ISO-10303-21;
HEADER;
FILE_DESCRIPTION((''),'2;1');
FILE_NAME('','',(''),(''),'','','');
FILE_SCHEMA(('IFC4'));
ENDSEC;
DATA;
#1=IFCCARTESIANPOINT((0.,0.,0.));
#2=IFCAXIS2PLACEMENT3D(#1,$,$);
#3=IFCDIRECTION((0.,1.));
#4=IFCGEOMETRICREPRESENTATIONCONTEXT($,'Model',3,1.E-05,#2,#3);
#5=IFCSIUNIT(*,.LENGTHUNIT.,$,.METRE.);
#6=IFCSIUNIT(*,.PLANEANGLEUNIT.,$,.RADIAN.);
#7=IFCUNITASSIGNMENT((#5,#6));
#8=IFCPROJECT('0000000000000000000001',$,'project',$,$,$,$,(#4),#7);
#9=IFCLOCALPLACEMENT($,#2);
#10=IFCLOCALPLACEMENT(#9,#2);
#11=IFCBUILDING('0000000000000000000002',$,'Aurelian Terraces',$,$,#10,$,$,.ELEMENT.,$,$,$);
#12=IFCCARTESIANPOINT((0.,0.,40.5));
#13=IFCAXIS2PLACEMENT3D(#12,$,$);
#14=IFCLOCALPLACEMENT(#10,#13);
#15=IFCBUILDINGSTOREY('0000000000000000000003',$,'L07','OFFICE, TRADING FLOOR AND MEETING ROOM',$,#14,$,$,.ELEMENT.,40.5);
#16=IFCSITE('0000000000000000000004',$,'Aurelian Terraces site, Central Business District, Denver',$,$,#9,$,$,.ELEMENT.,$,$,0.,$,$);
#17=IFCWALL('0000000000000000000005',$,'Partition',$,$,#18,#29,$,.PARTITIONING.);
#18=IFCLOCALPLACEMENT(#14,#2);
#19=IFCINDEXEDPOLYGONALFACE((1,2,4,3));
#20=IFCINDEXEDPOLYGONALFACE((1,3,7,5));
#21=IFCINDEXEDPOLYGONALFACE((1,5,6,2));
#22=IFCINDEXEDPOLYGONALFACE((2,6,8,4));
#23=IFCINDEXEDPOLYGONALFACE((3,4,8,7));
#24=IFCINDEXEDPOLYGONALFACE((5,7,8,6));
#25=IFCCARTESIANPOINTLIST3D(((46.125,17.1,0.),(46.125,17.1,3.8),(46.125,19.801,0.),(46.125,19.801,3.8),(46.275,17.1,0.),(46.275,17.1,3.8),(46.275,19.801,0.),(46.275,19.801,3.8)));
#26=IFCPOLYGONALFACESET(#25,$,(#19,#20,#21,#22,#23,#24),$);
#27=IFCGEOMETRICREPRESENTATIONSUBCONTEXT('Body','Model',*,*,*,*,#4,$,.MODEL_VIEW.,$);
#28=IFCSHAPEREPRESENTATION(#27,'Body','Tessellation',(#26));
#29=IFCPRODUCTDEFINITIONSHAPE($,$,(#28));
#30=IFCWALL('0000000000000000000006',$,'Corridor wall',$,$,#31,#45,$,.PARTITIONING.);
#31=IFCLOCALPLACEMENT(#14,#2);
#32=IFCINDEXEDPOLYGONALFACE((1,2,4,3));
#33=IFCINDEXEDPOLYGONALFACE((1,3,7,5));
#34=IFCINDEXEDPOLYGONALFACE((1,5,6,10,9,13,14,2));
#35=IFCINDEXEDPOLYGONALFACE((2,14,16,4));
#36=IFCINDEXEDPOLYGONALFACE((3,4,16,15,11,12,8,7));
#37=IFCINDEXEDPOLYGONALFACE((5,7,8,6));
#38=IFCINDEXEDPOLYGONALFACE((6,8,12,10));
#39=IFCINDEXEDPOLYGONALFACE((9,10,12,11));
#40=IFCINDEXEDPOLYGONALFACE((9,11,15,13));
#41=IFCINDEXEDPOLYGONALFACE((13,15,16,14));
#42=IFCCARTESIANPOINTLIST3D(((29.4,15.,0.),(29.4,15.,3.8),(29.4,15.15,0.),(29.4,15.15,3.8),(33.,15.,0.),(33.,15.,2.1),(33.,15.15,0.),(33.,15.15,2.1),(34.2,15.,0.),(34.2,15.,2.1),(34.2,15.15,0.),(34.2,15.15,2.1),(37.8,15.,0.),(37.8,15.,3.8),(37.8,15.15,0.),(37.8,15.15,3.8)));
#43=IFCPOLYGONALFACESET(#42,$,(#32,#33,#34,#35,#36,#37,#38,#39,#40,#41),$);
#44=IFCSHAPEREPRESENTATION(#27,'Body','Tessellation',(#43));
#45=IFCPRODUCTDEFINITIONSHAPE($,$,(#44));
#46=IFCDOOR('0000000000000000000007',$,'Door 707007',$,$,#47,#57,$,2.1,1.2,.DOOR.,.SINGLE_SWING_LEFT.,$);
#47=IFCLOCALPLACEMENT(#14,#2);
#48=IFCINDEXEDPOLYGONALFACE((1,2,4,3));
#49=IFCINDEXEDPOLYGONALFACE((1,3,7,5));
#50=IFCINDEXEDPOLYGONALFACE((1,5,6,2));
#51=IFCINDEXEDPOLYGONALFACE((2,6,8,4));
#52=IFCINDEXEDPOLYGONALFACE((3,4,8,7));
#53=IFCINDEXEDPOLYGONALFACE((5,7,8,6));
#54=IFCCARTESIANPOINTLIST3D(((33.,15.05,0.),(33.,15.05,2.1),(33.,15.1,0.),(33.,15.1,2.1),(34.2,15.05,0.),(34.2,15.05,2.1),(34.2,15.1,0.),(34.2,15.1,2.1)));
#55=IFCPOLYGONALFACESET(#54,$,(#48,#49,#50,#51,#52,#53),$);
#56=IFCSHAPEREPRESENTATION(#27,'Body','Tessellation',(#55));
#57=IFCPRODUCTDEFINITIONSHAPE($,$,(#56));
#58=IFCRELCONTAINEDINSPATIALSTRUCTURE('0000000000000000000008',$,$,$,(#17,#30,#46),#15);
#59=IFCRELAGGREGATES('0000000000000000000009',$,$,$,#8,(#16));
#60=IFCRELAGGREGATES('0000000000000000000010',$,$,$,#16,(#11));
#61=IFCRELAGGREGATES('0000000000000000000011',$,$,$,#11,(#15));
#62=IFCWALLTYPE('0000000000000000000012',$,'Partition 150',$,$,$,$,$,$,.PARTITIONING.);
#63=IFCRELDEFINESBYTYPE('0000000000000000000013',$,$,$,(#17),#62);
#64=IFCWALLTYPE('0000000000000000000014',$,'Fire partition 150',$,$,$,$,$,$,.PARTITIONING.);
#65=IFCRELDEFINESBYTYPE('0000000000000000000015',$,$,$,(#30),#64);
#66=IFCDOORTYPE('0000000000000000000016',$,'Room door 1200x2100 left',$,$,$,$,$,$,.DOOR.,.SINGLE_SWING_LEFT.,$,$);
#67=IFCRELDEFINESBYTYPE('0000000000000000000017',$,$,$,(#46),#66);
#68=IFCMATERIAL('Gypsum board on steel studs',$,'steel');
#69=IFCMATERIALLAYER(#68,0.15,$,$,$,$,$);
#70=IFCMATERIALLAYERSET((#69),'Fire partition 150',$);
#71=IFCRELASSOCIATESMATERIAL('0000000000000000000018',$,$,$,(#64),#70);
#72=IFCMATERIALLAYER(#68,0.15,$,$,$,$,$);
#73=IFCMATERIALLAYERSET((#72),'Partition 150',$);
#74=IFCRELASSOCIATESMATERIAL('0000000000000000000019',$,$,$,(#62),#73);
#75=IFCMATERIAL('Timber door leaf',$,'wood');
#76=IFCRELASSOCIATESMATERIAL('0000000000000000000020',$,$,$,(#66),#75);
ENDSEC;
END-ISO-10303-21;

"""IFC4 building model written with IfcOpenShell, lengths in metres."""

from ifc_helpers import new_model, si_unit, direction, frame, frame_2d, origin, place, context, subcontext, project, spatial, rectangle, extrude, source, transform, mapped, material, layer, layer_set, type_object, element, fill, save


model = new_model("IFC4")

# Units and contexts
model_context = context("Model", 3, precision=1e-05, world=origin(), true_north=direction((0.0, 1.0)))
body_context = subcontext(model_context, "Body", "Model", "MODEL_VIEW")
ifc_project = project(units=[si_unit("LENGTHUNIT", "METRE"), si_unit("PLANEANGLEUNIT", "RADIAN")], contexts=[model_context])

# Site, building, storey
site_placement = place(None, origin())
site = spatial("IfcSite", under=ifc_project, at=site_placement, Name="Aurelian Terraces site, Central Business District, Denver", CompositionType="ELEMENT", RefElevation=0.0)
building_placement = place(site_placement, origin())
building = spatial("IfcBuilding", under=site, at=building_placement, Name="Aurelian Terraces", CompositionType="ELEMENT")
storey_placement = place(building_placement, frame((0.0, 0.0, 40.5)))
storey = spatial("IfcBuildingStorey", under=building, at=storey_placement, Name="L07", Description="OFFICE, TRADING FLOOR AND MEETING ROOM", CompositionType="ELEMENT", Elevation=40.5)

# Shared definitions
ifc_material_1 = material(Name="Gypsum board on steel studs", Category="steel")
ifc_layer_1 = layer(ifc_material_1, 0.15)
ifc_layer_set_1 = layer_set([ifc_layer_1], Name="Fire partition 150")
wall_type_1 = type_object("IfcWallType", Name="Fire partition 150", PredefinedType="PARTITIONING", material=ifc_layer_set_1)
ifc_material_2 = material(Name="Timber door leaf", Category="wood")

# Wall
ifc_layer_2 = layer(ifc_material_1, 0.15)
ifc_layer_set_2 = layer_set([ifc_layer_2], Name="Partition 150")
wall_type_2 = type_object("IfcWallType", Name="Partition 150", PredefinedType="PARTITIONING", material=ifc_layer_set_2)
shared_shape_1 = source(origin(), body_context, "Body", "SweptSolid", [
    extrude(rectangle(XDim=2.701, YDim=0.15, at=frame_2d((1.3505, 0.0))), origin(), (0.0, 0.0, 1.0), 3.8),
])
for number, where, z_axis, x_axis, name in (
    (1, (46.2, 17.1, 0.0), (0.0, 0.0, 1.0), (0.0, 1.0, 0.0), "Partition"),
):
    element("IfcWall", number, at=place(storey_placement, frame(where, z_axis=z_axis, x_axis=x_axis)), inside=storey, type_object=wall_type_2, Name=name, PredefinedType="PARTITIONING", context=body_context, shape_type="MappedRepresentation", body=[
        mapped(shared_shape_1, transform((0.0, 0.0, 0.0), scale=1.0)),
    ])

# Wall, opening, door
shared_shape_2 = source(origin(), body_context, "Body", "SweptSolid", [
    extrude(rectangle(XDim=8.4, YDim=0.15, at=frame_2d((4.2, 0.0))), origin(), (0.0, 0.0, 1.0), 3.8),
])
wall_1_placement = place(storey_placement, frame((37.8, 15.075, 0.0), z_axis=(0.0, 0.0, 1.0), x_axis=(-1.0, 0.0, 0.0)))
wall_1 = element("IfcWall", 2, at=wall_1_placement, inside=storey, type_object=wall_type_1, Name="Corridor wall", PredefinedType="PARTITIONING", context=body_context, shape_type="MappedRepresentation", body=[
    mapped(shared_shape_2, transform((0.0, 0.0, 0.0), scale=1.0)),
])
opening_1_placement = place(wall_1_placement, frame((3.6, 0.0, 0.0)))
opening_1 = element("IfcOpeningElement", 3, at=opening_1_placement, cuts=wall_1, PredefinedType="OPENING", context=body_context, shape_type="SweptSolid", body=[
    extrude(rectangle(XDim=1.2, YDim=2.1, at=frame_2d((0.6, 1.05))), frame((0.0, 0.085, 0.0), z_axis=(0.0, -1.0, 0.0), x_axis=(1.0, 0.0, 0.0)), (0.0, 0.0, 1.0), 0.17),
])
door_type_1 = type_object("IfcDoorType", Name="Room door 1200x2100 left", OperationType="SINGLE_SWING_LEFT", PredefinedType="DOOR", material=ifc_material_2)
shared_shape_3 = source(origin(), body_context, "Body", "SweptSolid", [
    extrude(rectangle(XDim=1.2, YDim=2.1, at=frame_2d((0.6, 1.05))), frame((0.0, 0.025, 0.0), z_axis=(0.0, -1.0, 0.0), x_axis=(1.0, 0.0, 0.0)), (0.0, 0.0, 1.0), 0.05),
])
door_1_placement = place(opening_1_placement, origin())
door_1 = element("IfcDoor", 4, at=door_1_placement, inside=storey, type_object=door_type_1, Name="Door 707007", OperationType="SINGLE_SWING_LEFT", OverallHeight=2.1, OverallWidth=1.2, PredefinedType="DOOR", context=body_context, shape_type="MappedRepresentation", body=[
    mapped(shared_shape_3, transform((0.0, 0.0, 0.0), scale=1.0)),
])
fill(opening_1, door_1)

save(model, "model.ifc")
